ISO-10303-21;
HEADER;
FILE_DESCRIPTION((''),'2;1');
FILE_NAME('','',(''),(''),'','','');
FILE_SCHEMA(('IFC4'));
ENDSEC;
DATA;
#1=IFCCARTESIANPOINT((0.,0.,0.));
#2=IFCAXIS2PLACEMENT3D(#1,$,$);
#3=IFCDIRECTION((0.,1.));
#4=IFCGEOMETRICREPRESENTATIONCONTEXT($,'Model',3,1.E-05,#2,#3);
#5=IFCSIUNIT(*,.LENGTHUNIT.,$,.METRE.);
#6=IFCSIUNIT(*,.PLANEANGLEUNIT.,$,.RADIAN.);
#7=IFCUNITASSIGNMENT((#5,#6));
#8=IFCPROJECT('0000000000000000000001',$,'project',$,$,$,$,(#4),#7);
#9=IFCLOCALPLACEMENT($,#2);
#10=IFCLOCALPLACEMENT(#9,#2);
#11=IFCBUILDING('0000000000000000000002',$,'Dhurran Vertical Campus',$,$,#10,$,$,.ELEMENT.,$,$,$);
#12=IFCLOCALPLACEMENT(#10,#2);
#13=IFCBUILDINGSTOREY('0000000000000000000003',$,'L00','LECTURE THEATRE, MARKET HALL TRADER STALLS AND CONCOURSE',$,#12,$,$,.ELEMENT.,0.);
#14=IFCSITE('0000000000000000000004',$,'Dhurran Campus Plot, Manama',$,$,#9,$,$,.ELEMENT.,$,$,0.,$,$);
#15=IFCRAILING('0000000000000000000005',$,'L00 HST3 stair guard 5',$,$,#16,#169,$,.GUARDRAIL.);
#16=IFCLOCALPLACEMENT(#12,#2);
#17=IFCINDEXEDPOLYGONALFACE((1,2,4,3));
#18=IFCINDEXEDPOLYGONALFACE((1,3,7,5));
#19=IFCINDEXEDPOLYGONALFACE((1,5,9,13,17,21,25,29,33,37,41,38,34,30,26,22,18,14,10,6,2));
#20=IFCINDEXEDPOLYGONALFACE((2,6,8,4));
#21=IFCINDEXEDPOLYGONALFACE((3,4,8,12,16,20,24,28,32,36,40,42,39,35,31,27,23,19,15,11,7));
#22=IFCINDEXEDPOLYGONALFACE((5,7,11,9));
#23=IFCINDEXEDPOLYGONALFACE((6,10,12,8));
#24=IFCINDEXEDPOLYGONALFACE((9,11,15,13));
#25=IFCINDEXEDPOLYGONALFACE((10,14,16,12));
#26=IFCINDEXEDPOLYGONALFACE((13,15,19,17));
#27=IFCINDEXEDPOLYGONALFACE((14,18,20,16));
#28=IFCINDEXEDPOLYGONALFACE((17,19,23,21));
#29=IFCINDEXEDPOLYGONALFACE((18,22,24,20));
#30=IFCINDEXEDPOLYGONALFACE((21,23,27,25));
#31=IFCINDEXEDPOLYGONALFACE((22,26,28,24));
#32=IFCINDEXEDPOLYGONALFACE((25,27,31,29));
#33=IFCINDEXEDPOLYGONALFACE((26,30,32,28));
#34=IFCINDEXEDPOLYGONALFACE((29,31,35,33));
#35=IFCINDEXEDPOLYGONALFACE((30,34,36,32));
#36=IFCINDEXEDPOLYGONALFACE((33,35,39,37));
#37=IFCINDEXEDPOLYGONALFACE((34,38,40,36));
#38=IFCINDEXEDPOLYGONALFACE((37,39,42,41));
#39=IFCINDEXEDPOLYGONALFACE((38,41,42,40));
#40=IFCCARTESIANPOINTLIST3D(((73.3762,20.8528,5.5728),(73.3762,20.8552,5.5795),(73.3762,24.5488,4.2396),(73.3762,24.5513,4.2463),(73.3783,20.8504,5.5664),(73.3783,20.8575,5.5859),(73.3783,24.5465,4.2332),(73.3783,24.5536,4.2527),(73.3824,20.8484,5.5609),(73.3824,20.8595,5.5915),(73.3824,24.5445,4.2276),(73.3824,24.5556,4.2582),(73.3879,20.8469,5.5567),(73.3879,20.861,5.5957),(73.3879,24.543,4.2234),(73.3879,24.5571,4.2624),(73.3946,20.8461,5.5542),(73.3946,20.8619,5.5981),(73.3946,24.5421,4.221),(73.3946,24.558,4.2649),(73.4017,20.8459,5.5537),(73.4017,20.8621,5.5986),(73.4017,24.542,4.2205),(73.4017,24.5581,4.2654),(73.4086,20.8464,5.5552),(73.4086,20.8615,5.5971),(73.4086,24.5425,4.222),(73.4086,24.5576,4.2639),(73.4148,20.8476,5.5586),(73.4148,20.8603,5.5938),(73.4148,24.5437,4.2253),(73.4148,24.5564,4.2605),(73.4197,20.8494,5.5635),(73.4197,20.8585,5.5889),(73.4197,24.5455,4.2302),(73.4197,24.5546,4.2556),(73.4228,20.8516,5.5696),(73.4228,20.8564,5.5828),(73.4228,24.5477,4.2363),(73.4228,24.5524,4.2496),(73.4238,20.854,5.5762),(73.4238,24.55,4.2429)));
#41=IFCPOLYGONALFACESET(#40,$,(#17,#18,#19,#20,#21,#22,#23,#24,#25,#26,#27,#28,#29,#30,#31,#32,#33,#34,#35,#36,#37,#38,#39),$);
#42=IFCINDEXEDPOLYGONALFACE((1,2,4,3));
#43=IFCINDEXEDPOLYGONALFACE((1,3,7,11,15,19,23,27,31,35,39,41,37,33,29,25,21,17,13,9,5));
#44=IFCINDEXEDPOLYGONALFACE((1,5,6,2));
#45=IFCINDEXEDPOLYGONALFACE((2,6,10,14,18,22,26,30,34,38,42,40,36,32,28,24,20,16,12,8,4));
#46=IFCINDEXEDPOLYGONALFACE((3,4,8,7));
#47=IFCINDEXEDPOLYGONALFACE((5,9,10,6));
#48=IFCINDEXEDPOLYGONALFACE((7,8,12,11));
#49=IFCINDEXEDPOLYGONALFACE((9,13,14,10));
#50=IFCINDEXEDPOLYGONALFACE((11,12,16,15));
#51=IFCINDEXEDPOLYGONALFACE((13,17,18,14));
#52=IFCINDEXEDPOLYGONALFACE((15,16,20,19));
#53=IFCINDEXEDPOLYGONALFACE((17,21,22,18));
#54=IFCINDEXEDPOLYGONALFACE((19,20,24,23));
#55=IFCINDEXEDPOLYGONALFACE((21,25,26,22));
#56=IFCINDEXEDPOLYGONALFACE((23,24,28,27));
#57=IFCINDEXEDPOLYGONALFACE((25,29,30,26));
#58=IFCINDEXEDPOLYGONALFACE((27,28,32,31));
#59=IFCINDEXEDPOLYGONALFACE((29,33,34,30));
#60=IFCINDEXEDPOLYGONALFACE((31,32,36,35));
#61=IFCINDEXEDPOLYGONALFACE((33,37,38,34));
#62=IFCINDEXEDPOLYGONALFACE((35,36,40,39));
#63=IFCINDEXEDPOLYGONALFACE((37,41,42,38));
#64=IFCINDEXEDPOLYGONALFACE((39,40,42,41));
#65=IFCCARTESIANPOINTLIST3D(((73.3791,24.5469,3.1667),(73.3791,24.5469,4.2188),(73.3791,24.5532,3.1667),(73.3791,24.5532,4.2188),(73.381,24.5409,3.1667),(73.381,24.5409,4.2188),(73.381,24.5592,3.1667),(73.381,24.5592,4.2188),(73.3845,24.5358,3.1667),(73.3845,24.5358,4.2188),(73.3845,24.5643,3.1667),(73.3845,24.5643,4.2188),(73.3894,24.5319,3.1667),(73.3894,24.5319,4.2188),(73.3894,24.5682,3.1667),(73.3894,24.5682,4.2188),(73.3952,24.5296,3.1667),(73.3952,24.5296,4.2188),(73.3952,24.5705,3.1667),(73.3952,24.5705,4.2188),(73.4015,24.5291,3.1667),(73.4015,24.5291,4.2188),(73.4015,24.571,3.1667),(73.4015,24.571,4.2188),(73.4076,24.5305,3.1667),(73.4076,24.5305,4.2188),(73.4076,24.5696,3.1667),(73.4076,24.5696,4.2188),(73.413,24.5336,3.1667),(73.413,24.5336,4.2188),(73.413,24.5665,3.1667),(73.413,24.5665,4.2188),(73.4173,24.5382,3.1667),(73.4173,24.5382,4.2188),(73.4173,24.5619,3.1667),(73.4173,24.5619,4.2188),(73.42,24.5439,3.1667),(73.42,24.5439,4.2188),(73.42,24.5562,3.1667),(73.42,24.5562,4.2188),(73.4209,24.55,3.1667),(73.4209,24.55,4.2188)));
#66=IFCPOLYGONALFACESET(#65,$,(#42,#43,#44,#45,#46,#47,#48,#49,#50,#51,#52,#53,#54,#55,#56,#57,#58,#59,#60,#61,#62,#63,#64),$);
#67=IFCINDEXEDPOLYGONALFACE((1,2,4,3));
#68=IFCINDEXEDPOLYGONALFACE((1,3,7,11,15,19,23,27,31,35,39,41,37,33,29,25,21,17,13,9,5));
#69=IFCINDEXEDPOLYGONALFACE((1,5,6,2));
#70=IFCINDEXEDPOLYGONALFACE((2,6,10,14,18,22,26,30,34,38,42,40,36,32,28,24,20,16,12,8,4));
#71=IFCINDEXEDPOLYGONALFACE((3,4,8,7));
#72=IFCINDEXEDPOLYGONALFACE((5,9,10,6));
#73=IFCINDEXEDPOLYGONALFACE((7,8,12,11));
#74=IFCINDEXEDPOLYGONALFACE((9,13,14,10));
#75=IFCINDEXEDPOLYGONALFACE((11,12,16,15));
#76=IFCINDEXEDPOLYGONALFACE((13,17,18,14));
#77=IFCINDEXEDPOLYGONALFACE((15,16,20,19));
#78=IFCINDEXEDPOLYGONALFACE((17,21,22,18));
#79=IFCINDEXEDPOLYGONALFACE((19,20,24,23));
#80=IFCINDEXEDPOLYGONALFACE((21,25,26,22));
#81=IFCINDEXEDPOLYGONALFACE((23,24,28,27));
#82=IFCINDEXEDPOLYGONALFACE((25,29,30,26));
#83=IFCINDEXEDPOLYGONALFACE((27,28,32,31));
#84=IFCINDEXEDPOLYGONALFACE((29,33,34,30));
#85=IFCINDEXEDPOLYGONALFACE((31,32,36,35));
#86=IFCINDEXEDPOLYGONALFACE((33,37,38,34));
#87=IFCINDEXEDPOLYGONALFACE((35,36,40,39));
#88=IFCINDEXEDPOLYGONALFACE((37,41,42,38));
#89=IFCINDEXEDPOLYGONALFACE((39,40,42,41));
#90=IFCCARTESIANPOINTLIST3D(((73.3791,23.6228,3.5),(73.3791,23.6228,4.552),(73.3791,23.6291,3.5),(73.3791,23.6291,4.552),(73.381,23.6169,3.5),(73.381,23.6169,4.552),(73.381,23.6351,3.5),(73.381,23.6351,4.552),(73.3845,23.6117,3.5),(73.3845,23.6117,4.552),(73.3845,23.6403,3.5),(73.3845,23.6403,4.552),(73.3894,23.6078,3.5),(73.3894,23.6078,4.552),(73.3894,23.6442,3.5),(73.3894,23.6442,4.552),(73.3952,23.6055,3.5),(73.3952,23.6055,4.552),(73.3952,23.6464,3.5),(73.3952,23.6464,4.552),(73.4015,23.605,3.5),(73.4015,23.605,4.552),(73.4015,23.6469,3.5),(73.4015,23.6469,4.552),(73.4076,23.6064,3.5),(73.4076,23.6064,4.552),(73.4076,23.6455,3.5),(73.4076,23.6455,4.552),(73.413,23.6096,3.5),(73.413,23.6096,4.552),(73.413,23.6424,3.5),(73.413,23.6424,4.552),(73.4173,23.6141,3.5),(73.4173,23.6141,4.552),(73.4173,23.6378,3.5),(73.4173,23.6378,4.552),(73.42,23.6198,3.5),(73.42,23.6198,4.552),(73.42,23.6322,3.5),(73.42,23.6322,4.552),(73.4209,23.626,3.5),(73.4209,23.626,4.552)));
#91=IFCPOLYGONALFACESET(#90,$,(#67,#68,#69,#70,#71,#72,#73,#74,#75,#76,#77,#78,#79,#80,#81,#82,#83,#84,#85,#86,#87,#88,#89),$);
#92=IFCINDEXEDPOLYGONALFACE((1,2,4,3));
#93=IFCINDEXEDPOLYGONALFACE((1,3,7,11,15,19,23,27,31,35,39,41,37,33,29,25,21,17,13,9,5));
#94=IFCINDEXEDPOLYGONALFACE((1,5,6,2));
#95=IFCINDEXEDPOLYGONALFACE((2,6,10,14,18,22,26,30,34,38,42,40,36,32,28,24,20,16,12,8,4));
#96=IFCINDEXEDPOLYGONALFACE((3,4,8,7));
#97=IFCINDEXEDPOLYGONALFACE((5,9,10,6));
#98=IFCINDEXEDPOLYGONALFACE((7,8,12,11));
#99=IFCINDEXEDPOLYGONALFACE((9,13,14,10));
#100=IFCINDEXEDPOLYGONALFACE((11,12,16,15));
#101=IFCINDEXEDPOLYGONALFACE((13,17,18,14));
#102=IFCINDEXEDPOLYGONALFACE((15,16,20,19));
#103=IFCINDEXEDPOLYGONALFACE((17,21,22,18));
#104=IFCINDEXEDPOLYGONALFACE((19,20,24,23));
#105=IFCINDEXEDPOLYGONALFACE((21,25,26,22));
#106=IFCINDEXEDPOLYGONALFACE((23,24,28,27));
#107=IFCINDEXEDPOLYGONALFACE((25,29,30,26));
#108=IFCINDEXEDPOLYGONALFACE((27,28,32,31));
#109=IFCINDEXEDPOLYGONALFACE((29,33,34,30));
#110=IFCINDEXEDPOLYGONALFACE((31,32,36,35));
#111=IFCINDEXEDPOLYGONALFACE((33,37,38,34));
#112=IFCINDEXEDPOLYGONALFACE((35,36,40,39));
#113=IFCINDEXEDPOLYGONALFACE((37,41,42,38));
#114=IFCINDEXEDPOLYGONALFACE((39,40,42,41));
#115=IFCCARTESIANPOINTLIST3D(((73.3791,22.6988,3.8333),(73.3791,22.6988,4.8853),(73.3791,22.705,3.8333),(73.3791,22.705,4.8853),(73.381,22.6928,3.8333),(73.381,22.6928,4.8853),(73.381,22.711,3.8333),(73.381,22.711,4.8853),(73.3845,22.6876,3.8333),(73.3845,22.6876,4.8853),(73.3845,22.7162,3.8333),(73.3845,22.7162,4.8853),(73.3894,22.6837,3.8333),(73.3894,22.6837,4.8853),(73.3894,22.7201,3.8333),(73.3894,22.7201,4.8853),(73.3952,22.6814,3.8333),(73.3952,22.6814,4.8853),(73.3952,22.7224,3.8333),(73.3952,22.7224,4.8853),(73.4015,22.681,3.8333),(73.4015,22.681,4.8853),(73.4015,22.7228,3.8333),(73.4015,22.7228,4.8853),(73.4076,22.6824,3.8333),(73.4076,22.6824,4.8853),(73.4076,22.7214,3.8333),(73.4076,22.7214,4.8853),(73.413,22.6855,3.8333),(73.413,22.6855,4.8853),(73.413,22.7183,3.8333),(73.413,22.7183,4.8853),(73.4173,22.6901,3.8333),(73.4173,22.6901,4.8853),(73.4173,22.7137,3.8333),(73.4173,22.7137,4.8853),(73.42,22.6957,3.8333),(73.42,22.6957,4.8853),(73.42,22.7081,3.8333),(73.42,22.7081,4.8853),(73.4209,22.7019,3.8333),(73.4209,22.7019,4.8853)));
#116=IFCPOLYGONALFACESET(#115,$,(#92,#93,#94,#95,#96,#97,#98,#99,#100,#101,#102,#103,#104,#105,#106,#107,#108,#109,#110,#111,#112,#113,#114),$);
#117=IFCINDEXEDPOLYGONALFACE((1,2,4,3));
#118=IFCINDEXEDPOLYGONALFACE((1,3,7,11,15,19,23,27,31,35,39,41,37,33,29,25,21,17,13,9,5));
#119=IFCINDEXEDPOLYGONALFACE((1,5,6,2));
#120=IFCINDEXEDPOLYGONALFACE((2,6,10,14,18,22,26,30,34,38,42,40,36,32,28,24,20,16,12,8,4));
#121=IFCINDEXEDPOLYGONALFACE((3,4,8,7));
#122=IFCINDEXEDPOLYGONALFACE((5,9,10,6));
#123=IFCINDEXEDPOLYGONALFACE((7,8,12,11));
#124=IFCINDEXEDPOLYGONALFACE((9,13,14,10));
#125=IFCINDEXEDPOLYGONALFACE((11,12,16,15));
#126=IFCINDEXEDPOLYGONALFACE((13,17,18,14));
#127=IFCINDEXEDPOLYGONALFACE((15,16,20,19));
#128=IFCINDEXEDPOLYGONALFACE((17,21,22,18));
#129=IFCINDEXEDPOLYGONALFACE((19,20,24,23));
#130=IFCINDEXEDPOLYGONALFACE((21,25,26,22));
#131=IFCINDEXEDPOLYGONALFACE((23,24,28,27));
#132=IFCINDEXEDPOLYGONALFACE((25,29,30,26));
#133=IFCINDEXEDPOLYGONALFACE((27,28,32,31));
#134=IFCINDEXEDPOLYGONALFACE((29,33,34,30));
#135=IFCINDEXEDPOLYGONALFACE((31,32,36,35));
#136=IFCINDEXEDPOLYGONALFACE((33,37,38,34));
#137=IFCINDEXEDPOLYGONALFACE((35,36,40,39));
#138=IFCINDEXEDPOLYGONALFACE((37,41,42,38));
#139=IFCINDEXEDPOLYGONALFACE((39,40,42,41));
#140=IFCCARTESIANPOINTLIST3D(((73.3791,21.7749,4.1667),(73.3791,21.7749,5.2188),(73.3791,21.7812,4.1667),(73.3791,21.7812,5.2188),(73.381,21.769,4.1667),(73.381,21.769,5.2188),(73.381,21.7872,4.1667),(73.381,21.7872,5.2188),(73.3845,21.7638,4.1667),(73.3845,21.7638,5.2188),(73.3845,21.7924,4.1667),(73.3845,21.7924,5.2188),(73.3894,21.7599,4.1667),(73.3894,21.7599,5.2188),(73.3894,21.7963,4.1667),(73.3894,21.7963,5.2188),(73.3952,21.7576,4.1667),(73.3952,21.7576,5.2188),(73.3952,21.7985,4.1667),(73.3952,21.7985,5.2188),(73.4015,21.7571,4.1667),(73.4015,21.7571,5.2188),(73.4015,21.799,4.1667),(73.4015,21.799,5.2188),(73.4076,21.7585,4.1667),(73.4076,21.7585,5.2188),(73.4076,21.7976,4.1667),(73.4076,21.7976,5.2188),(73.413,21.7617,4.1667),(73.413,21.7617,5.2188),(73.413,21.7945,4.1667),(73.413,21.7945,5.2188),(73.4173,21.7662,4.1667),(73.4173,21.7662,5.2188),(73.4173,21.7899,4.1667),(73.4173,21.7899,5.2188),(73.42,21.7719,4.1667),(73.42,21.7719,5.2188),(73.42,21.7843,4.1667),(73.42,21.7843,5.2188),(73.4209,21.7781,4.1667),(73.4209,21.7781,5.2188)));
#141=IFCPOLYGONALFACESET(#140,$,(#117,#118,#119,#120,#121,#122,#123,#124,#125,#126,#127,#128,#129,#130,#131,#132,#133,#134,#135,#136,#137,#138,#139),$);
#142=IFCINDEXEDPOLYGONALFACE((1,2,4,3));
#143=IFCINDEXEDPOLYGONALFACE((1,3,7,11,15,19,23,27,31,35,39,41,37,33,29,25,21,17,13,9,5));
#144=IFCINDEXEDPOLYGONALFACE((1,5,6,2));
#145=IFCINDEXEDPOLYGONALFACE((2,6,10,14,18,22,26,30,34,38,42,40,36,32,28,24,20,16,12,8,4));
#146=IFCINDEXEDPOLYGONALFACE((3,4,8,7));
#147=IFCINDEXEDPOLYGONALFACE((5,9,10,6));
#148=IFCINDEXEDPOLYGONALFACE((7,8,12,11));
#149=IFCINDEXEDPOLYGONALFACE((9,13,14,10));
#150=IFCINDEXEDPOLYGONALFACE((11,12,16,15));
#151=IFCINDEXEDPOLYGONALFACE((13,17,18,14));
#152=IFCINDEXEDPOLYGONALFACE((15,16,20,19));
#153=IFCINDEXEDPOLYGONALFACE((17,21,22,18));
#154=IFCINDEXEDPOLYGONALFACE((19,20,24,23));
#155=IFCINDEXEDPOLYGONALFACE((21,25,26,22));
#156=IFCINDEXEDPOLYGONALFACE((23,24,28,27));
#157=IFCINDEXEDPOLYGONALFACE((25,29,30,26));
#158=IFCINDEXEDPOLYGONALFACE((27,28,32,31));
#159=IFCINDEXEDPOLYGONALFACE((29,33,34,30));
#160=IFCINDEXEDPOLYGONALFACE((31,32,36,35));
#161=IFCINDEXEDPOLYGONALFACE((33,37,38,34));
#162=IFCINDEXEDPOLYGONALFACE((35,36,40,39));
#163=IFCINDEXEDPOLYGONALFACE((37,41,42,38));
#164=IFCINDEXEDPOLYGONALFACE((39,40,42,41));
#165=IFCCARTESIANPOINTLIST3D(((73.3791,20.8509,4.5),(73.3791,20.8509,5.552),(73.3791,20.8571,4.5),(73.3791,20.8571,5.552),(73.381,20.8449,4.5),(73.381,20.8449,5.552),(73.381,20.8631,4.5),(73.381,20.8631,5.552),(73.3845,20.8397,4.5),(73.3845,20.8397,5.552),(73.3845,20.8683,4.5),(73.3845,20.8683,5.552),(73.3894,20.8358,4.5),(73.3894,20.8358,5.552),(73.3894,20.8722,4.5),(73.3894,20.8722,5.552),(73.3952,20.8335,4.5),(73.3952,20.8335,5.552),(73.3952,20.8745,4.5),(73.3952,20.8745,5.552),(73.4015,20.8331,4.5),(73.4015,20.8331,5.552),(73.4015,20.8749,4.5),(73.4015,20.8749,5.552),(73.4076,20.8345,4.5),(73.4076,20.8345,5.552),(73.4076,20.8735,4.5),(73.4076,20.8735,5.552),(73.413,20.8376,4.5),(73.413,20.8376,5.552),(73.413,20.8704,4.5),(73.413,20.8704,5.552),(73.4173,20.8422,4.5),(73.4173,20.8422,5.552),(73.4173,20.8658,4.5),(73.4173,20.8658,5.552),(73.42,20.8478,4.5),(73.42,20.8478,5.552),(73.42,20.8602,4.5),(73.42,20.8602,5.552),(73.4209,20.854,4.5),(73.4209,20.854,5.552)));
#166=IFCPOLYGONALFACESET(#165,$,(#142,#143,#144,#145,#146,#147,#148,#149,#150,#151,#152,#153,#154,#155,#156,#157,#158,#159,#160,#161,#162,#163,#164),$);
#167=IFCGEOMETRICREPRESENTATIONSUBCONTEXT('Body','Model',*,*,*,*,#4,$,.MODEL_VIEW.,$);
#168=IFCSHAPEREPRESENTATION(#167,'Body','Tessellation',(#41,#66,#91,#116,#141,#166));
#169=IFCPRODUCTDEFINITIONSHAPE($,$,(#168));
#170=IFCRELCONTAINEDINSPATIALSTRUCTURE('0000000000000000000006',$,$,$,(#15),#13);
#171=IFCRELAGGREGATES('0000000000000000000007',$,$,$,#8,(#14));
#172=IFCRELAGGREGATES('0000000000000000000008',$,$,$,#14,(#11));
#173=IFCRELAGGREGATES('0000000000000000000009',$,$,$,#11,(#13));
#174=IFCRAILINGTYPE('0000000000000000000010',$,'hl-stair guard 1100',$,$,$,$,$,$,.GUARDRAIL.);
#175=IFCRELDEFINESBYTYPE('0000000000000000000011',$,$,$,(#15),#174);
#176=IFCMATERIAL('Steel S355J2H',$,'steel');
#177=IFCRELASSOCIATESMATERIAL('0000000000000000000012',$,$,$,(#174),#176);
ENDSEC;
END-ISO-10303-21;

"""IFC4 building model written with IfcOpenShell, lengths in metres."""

from ifc_helpers import new_model, si_unit, direction, frame, origin, origin_2d, place, context, subcontext, project, spatial, circle, extrude, material, type_object, element, save


model = new_model("IFC4")

# Units and contexts
model_context = context("Model", 3, precision=1e-05, world=origin(), true_north=direction((0.0, 1.0)))
body_context = subcontext(model_context, "Body", "Model", "MODEL_VIEW")
ifc_project = project(units=[si_unit("LENGTHUNIT", "METRE"), si_unit("PLANEANGLEUNIT", "RADIAN")], contexts=[model_context])

# Site, building, storey
site_placement = place(None, origin())
site = spatial("IfcSite", under=ifc_project, at=site_placement, Name="Dhurran Campus Plot, Manama", CompositionType="ELEMENT", RefElevation=0.0)
building_placement = place(site_placement, origin())
building = spatial("IfcBuilding", under=site, at=building_placement, Name="Dhurran Vertical Campus", CompositionType="ELEMENT")
storey_placement = place(building_placement, origin())
storey = spatial("IfcBuildingStorey", under=building, at=storey_placement, Name="L00", Description="LECTURE THEATRE, MARKET HALL TRADER STALLS AND CONCOURSE", CompositionType="ELEMENT", Elevation=0.0)

# Railing
ifc_material_1 = material(Name="Steel S355J2H", Category="steel")
railing_type_1 = type_object("IfcRailingType", Name="hl-stair guard 1100", PredefinedType="GUARDRAIL", material=ifc_material_1)
railing_1_placement = place(storey_placement, frame((73.3999, 24.55, 3.1667)))
element("IfcRailing", 1, at=railing_1_placement, inside=storey, type_object=railing_type_1, Name="L00 HST3 stair guard 5", PredefinedType="GUARDRAIL", context=body_context, shape_type="SweptSolid", body=[
    extrude(circle(Radius=0.0239, at=origin_2d()), frame((0.0, 0.0, 1.0762), z_axis=(0.0, -0.94067, 0.339322), x_axis=(1.0, 0.0, 0.0)), (0.0, 0.0, 1.0), 3.9292),
    extrude(circle(Radius=0.021, at=origin_2d()), origin(), (0.0, 0.0, 1.0), 1.052),
    extrude(circle(Radius=0.021, at=origin_2d()), frame((0.0, -0.9241, 0.3333)), (0.0, 0.0, 1.0), 1.052),
    extrude(circle(Radius=0.021, at=origin_2d()), frame((0.0, -1.8481, 0.6665)), (0.0, 0.0, 1.0), 1.052),
    extrude(circle(Radius=0.021, at=origin_2d()), frame((0.0, -2.772, 1.0)), (0.0, 0.0, 1.0), 1.052),
    extrude(circle(Radius=0.021, at=origin_2d()), frame((0.0, -3.696, 1.3333)), (0.0, 0.0, 1.0), 1.052),
])

save(model, "model.ifc")
